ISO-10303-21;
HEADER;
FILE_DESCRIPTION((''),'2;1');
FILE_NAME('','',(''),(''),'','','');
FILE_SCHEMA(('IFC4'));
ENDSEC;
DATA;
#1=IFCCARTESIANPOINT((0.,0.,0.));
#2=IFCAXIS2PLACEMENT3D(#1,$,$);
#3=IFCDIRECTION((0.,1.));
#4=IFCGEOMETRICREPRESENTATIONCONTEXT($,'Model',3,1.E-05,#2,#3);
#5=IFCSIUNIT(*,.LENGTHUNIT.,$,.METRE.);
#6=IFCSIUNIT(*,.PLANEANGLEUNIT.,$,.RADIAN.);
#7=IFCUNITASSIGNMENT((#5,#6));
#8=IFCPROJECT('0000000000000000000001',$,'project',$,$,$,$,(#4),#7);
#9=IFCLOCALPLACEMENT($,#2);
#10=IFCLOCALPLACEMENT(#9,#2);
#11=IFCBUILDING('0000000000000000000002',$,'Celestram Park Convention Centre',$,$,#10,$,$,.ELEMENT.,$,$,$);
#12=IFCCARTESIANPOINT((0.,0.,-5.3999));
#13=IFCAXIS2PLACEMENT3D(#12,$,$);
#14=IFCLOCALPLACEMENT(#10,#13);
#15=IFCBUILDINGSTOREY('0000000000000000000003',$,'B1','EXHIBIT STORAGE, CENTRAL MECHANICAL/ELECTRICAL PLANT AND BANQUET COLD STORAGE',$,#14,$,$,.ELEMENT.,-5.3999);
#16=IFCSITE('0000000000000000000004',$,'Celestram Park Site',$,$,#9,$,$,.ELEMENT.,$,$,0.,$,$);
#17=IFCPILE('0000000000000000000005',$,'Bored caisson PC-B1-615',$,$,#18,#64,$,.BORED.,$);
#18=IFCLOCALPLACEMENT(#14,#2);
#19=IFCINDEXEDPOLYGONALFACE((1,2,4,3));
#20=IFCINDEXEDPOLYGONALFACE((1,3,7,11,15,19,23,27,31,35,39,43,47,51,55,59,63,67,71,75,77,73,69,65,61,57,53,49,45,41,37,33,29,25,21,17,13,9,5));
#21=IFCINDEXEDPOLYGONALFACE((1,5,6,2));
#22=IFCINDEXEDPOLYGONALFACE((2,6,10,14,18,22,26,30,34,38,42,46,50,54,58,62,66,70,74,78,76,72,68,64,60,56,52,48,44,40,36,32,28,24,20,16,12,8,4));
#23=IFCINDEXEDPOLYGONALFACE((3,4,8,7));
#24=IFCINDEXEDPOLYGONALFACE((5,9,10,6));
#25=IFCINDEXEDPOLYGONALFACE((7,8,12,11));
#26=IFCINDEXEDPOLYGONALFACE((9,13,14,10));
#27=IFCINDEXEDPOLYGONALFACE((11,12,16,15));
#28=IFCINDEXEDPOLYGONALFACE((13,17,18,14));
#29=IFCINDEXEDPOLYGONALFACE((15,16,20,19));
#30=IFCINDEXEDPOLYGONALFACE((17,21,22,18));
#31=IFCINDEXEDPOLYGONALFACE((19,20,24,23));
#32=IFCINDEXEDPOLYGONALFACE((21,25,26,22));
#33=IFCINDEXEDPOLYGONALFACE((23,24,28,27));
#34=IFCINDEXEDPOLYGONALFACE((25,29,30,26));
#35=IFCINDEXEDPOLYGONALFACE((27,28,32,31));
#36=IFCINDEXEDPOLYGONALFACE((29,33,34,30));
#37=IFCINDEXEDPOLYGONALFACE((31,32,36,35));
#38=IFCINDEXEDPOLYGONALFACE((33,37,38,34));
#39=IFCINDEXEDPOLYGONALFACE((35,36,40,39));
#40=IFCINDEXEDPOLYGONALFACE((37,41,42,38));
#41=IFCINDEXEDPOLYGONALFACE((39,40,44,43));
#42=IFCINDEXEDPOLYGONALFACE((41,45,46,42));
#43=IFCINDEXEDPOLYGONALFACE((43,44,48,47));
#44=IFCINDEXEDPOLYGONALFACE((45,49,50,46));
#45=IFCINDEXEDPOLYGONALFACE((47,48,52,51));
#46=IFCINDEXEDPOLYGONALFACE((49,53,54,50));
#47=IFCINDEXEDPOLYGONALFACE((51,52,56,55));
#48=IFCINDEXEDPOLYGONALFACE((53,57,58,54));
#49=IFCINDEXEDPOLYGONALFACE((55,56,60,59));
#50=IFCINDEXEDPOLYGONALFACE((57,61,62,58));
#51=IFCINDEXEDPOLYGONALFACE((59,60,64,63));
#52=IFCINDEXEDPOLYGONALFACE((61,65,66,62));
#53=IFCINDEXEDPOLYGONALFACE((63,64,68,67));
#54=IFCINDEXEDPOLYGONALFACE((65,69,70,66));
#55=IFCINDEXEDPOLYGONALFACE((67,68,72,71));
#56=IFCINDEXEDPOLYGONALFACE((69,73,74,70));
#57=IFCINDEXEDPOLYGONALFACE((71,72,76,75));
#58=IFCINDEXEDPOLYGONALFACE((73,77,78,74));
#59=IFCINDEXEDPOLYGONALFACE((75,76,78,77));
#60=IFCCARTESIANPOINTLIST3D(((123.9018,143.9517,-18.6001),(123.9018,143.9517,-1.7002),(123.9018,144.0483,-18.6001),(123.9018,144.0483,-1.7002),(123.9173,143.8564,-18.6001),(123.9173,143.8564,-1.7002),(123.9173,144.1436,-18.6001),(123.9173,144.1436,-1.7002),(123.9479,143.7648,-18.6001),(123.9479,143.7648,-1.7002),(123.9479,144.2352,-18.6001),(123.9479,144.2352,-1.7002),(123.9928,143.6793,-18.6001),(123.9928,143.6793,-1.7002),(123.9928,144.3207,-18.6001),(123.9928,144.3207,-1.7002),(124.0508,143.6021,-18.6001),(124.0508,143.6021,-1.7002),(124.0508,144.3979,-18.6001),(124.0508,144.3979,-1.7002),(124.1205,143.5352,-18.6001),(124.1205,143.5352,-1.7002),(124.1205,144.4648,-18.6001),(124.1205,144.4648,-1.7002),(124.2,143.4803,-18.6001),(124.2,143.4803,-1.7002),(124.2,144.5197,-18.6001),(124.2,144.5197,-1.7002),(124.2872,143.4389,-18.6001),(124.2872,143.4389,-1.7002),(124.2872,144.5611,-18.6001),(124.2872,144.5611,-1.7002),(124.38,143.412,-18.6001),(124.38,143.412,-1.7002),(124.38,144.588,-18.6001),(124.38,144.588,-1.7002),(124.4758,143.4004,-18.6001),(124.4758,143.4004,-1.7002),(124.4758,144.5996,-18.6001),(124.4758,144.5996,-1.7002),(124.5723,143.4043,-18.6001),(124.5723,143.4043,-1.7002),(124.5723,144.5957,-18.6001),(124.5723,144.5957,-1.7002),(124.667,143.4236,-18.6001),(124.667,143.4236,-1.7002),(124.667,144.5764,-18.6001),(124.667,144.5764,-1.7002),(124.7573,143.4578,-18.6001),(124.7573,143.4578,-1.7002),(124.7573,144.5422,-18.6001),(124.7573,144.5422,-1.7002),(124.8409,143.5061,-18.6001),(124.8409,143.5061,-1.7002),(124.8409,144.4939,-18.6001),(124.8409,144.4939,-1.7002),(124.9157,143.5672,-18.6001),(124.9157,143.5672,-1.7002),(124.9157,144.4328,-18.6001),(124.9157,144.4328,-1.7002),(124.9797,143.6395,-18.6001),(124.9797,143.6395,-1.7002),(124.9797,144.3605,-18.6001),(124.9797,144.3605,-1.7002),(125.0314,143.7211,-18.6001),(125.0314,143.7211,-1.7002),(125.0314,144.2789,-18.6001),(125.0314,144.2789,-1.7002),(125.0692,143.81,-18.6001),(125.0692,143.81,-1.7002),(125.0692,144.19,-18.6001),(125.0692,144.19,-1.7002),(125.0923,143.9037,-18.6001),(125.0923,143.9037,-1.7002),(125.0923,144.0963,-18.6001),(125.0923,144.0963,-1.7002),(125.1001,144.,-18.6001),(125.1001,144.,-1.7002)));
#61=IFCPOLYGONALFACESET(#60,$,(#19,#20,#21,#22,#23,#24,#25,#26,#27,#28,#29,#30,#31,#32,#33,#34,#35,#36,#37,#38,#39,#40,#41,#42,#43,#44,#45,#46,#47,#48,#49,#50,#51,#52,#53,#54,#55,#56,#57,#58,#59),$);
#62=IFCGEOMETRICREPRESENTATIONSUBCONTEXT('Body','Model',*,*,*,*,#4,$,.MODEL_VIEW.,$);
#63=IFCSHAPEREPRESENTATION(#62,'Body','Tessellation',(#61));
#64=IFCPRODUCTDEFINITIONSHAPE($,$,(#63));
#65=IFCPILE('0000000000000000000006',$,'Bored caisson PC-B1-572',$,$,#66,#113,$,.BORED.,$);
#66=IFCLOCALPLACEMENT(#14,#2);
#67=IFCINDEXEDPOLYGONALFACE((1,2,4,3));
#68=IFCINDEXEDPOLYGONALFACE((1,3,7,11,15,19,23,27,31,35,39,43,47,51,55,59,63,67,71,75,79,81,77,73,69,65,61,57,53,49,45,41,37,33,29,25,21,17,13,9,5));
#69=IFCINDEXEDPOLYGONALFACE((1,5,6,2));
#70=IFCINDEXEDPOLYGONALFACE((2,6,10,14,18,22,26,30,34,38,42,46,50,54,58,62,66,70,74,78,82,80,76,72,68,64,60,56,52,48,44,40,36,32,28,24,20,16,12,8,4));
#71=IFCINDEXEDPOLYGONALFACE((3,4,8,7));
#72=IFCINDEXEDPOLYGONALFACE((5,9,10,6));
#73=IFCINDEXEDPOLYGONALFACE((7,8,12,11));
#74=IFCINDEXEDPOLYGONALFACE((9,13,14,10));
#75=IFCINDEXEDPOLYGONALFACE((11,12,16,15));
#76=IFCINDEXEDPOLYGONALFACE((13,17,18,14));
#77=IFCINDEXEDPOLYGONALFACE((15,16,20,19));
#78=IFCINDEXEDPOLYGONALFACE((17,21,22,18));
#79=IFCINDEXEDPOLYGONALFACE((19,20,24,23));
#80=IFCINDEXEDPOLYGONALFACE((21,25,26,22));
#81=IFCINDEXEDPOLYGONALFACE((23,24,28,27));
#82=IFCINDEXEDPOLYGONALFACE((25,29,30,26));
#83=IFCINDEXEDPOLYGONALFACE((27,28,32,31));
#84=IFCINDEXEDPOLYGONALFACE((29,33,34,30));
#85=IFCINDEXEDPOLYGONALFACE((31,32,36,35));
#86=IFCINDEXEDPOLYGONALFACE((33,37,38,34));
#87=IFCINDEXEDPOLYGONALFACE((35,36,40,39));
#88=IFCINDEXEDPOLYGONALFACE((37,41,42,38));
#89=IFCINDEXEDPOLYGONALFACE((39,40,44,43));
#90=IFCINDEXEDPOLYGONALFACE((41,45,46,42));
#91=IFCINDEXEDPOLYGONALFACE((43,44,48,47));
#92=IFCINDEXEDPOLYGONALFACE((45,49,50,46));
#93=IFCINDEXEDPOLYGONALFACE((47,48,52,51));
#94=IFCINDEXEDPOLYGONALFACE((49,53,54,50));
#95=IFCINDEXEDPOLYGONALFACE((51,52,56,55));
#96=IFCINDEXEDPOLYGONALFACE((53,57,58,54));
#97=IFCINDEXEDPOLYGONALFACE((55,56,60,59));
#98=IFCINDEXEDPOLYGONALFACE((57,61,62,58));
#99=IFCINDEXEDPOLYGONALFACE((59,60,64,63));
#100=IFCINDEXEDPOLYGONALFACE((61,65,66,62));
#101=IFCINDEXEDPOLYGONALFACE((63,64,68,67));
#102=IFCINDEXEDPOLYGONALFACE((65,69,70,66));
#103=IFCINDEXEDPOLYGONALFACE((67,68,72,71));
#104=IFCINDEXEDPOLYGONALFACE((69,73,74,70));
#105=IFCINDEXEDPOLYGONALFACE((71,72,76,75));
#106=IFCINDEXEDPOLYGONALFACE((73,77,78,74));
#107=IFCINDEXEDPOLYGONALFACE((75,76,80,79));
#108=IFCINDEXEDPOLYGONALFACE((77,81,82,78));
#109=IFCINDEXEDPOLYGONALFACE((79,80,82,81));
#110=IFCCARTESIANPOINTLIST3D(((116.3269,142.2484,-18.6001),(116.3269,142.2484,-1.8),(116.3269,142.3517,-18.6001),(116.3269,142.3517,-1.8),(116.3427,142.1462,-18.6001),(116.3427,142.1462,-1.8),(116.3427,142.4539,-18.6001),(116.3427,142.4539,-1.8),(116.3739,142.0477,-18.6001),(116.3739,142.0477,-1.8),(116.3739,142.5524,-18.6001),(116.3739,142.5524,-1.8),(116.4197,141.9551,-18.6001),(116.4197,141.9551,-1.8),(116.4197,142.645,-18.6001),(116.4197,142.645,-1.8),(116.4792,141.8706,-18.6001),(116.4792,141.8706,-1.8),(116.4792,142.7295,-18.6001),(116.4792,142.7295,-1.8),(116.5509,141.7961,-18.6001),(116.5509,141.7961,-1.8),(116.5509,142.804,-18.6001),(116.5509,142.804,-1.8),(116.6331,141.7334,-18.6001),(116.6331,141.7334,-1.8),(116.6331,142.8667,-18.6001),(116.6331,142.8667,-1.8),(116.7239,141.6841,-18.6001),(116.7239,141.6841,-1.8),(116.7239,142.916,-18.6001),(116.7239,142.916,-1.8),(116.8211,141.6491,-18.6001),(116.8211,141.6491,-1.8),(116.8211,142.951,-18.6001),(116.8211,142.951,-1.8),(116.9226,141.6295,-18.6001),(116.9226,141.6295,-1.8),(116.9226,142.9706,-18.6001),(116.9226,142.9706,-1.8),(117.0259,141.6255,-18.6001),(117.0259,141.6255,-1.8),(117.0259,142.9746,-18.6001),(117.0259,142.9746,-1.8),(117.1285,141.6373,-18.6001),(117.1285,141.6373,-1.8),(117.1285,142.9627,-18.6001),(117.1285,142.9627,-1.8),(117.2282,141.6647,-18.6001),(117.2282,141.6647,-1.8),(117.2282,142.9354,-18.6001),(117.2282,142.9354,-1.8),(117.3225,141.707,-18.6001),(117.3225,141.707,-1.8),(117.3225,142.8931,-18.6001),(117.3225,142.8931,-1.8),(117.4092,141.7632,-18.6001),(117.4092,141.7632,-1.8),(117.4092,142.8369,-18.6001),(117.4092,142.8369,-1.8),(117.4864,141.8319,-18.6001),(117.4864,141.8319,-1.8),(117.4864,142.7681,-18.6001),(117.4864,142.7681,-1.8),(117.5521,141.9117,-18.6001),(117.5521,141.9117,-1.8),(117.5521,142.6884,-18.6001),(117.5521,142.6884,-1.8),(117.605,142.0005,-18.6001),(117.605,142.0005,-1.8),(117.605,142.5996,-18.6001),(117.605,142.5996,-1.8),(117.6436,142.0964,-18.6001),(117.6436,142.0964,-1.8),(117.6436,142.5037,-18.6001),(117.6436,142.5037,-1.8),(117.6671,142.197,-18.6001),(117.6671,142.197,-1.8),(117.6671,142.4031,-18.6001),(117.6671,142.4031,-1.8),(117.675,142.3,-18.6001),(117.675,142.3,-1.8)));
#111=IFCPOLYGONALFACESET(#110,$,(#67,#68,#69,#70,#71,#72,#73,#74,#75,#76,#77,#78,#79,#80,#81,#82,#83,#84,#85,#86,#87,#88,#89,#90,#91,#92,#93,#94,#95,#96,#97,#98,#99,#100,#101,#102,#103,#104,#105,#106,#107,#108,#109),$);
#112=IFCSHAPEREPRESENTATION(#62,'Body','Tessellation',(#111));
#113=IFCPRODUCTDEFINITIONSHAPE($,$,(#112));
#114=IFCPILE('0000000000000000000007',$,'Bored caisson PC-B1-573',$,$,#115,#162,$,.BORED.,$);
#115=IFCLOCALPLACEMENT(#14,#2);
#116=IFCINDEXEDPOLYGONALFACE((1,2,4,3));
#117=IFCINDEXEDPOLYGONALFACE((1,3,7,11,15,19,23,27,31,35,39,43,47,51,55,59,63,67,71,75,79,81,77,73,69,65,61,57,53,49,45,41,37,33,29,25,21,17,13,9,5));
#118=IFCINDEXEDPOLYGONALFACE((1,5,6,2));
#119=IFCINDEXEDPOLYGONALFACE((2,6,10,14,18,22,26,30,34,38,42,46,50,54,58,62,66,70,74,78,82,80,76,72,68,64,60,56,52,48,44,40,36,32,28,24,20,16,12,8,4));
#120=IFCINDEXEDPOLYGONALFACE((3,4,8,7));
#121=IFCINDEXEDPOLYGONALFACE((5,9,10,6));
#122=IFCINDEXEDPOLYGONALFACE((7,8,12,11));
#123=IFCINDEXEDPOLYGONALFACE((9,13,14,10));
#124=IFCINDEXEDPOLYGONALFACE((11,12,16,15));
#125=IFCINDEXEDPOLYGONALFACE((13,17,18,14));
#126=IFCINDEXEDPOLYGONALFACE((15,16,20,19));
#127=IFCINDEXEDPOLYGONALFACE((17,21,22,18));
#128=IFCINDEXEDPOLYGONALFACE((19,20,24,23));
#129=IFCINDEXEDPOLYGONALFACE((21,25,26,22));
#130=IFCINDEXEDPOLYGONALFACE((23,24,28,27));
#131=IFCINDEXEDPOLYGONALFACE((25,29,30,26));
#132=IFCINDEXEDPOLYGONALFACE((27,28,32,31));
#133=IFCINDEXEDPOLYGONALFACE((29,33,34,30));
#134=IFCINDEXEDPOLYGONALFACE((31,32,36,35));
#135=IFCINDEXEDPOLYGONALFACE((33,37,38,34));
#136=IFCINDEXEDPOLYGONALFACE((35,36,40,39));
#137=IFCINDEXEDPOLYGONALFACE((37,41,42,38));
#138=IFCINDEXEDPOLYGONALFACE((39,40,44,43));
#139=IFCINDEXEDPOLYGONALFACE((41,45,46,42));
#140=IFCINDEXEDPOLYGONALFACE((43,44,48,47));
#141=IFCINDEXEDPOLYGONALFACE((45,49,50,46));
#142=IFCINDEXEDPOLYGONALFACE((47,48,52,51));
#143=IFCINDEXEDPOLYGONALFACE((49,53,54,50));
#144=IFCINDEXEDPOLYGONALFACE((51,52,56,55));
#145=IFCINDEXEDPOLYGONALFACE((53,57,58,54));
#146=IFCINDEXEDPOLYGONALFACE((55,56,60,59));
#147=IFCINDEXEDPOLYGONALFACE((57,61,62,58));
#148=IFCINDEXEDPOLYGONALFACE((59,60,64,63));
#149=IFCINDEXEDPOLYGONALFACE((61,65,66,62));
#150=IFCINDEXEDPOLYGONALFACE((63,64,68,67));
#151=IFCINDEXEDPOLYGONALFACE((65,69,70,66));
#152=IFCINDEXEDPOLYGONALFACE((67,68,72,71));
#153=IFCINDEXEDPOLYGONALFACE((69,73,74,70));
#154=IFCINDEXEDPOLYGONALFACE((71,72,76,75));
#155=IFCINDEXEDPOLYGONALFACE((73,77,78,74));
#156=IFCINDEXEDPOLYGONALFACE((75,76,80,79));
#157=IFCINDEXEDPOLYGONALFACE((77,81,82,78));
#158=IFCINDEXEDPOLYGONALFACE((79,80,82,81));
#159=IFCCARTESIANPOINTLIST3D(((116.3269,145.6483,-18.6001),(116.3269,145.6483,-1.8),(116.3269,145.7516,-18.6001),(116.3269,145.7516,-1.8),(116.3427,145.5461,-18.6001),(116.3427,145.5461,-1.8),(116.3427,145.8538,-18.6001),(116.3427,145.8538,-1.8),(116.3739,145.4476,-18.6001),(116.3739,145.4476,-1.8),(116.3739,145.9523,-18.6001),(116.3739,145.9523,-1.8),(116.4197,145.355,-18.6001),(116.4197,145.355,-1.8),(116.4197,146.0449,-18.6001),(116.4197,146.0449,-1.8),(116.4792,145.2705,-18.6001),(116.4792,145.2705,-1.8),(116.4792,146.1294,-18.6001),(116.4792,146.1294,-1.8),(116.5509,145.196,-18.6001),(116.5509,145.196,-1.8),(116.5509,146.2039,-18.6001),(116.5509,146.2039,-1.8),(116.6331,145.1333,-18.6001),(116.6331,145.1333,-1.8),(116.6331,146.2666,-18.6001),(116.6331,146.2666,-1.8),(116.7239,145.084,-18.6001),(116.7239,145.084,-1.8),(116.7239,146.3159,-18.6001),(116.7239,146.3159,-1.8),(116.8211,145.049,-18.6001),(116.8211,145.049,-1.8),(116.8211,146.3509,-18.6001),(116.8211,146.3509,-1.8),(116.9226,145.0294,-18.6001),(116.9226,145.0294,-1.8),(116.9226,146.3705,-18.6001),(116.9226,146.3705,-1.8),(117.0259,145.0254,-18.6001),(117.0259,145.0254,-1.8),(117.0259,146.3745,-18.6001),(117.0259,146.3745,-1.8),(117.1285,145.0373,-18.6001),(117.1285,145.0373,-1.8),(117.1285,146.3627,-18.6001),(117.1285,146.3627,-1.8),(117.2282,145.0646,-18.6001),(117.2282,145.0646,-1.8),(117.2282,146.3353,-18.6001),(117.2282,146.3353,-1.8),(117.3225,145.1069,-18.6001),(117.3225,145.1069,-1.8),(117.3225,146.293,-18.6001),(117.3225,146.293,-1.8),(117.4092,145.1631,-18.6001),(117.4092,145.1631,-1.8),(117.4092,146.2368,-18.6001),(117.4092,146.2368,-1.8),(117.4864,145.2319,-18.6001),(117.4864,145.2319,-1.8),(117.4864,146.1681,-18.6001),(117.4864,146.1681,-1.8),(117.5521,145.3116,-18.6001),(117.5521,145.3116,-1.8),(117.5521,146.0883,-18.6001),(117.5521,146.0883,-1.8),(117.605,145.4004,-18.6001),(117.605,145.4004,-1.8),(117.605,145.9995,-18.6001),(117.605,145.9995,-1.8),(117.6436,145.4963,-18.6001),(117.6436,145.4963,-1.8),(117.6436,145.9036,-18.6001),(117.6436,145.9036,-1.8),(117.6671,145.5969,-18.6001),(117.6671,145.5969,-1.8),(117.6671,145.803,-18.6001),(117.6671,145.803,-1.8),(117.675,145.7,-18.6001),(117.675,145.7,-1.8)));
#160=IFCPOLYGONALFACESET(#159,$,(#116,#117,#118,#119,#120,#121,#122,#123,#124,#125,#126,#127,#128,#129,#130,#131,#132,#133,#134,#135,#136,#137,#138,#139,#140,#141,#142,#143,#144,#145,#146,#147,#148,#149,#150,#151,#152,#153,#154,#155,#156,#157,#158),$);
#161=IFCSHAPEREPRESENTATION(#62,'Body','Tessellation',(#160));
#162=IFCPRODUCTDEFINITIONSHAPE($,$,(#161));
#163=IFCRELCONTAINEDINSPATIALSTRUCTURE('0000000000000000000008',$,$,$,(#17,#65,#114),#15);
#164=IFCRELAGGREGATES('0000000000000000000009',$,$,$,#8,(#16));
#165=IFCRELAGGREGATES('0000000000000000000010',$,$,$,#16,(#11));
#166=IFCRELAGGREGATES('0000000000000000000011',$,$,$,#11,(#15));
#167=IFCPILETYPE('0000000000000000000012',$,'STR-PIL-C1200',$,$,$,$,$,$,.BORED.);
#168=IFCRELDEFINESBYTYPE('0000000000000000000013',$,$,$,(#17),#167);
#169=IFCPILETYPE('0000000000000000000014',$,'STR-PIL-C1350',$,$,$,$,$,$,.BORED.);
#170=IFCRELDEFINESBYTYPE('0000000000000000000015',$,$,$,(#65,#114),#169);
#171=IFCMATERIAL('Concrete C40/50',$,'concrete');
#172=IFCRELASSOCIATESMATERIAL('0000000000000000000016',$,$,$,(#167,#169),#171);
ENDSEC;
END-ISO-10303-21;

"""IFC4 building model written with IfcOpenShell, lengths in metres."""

from ifc_helpers import new_model, si_unit, direction, frame, origin, origin_2d, place, context, subcontext, project, spatial, circle, extrude, material, material_profile, profile_set, type_object, element, save


model = new_model("IFC4")

# Units and contexts
model_context = context("Model", 3, precision=1e-05, world=origin(), true_north=direction((0.0, 1.0)))
body_context = subcontext(model_context, "Body", "Model", "MODEL_VIEW")
ifc_project = project(units=[si_unit("LENGTHUNIT", "METRE"), si_unit("PLANEANGLEUNIT", "RADIAN")], contexts=[model_context])

# Site, building, storey
site_placement = place(None, origin())
site = spatial("IfcSite", under=ifc_project, at=site_placement, Name="Celestram Park Site", CompositionType="ELEMENT", RefElevation=0.0)
building_placement = place(site_placement, origin())
building = spatial("IfcBuilding", under=site, at=building_placement, Name="Celestram Park Convention Centre", CompositionType="ELEMENT")
storey_placement = place(building_placement, frame((0.0, 0.0, -5.3999)))
storey = spatial("IfcBuildingStorey", under=building, at=storey_placement, Name="B1", Description="EXHIBIT STORAGE, CENTRAL MECHANICAL/ELECTRICAL PLANT AND BANQUET COLD STORAGE", CompositionType="ELEMENT", Elevation=-5.3999)

# Shared definitions
ifc_material_1 = material(Name="Concrete C40/50", Category="concrete")

# Piles
ifc_material_profile_1 = material_profile(ifc_material_1, circle(Radius=0.6001, at=origin_2d()), Name="CAISSON1200")
ifc_profile_set_1 = profile_set([ifc_material_profile_1], Name="Concrete C40/50")
pile_type_1 = type_object("IfcPileType", Name="STR-PIL-C1200", PredefinedType="BORED", material=ifc_profile_set_1)
for number, where, z_axis, x_axis, name in (
    (1, (124.5, 144.0, -1.7002), (0.0, 0.0, -1.0), (1.0, 0.0, 0.0), "Bored caisson PC-B1-615"),
):
    element("IfcPile", number, at=place(storey_placement, frame(where, z_axis=z_axis, x_axis=x_axis)), inside=storey, type_object=pile_type_1, Name=name, PredefinedType="BORED", context=body_context, shape_type="SweptSolid", body=[
        extrude(circle(Radius=0.6001, at=origin_2d()), origin(), (0.0, 0.0, 1.0), 16.8999),
    ])
ifc_material_profile_2 = material_profile(ifc_material_1, circle(Radius=0.675, at=origin_2d()), Name="CAISSON1350")
ifc_profile_set_2 = profile_set([ifc_material_profile_2], Name="Concrete C40/50")
pile_type_2 = type_object("IfcPileType", Name="STR-PIL-C1350", PredefinedType="BORED", material=ifc_profile_set_2)
for number, where, z_axis, x_axis, name in (
    (2, (117.0, 142.3, -1.8), (0.0, 0.0, -1.0), (1.0, 0.0, 0.0), "Bored caisson PC-B1-572"),
    (3, (117.0, 145.7, -1.8), (0.0, 0.0, -1.0), (1.0, 0.0, 0.0), "Bored caisson PC-B1-573"),
):
    element("IfcPile", number, at=place(storey_placement, frame(where, z_axis=z_axis, x_axis=x_axis)), inside=storey, type_object=pile_type_2, Name=name, PredefinedType="BORED", context=body_context, shape_type="SweptSolid", body=[
        extrude(circle(Radius=0.675, at=origin_2d()), origin(), (0.0, 0.0, 1.0), 16.8),
    ])

save(model, "model.ifc")
